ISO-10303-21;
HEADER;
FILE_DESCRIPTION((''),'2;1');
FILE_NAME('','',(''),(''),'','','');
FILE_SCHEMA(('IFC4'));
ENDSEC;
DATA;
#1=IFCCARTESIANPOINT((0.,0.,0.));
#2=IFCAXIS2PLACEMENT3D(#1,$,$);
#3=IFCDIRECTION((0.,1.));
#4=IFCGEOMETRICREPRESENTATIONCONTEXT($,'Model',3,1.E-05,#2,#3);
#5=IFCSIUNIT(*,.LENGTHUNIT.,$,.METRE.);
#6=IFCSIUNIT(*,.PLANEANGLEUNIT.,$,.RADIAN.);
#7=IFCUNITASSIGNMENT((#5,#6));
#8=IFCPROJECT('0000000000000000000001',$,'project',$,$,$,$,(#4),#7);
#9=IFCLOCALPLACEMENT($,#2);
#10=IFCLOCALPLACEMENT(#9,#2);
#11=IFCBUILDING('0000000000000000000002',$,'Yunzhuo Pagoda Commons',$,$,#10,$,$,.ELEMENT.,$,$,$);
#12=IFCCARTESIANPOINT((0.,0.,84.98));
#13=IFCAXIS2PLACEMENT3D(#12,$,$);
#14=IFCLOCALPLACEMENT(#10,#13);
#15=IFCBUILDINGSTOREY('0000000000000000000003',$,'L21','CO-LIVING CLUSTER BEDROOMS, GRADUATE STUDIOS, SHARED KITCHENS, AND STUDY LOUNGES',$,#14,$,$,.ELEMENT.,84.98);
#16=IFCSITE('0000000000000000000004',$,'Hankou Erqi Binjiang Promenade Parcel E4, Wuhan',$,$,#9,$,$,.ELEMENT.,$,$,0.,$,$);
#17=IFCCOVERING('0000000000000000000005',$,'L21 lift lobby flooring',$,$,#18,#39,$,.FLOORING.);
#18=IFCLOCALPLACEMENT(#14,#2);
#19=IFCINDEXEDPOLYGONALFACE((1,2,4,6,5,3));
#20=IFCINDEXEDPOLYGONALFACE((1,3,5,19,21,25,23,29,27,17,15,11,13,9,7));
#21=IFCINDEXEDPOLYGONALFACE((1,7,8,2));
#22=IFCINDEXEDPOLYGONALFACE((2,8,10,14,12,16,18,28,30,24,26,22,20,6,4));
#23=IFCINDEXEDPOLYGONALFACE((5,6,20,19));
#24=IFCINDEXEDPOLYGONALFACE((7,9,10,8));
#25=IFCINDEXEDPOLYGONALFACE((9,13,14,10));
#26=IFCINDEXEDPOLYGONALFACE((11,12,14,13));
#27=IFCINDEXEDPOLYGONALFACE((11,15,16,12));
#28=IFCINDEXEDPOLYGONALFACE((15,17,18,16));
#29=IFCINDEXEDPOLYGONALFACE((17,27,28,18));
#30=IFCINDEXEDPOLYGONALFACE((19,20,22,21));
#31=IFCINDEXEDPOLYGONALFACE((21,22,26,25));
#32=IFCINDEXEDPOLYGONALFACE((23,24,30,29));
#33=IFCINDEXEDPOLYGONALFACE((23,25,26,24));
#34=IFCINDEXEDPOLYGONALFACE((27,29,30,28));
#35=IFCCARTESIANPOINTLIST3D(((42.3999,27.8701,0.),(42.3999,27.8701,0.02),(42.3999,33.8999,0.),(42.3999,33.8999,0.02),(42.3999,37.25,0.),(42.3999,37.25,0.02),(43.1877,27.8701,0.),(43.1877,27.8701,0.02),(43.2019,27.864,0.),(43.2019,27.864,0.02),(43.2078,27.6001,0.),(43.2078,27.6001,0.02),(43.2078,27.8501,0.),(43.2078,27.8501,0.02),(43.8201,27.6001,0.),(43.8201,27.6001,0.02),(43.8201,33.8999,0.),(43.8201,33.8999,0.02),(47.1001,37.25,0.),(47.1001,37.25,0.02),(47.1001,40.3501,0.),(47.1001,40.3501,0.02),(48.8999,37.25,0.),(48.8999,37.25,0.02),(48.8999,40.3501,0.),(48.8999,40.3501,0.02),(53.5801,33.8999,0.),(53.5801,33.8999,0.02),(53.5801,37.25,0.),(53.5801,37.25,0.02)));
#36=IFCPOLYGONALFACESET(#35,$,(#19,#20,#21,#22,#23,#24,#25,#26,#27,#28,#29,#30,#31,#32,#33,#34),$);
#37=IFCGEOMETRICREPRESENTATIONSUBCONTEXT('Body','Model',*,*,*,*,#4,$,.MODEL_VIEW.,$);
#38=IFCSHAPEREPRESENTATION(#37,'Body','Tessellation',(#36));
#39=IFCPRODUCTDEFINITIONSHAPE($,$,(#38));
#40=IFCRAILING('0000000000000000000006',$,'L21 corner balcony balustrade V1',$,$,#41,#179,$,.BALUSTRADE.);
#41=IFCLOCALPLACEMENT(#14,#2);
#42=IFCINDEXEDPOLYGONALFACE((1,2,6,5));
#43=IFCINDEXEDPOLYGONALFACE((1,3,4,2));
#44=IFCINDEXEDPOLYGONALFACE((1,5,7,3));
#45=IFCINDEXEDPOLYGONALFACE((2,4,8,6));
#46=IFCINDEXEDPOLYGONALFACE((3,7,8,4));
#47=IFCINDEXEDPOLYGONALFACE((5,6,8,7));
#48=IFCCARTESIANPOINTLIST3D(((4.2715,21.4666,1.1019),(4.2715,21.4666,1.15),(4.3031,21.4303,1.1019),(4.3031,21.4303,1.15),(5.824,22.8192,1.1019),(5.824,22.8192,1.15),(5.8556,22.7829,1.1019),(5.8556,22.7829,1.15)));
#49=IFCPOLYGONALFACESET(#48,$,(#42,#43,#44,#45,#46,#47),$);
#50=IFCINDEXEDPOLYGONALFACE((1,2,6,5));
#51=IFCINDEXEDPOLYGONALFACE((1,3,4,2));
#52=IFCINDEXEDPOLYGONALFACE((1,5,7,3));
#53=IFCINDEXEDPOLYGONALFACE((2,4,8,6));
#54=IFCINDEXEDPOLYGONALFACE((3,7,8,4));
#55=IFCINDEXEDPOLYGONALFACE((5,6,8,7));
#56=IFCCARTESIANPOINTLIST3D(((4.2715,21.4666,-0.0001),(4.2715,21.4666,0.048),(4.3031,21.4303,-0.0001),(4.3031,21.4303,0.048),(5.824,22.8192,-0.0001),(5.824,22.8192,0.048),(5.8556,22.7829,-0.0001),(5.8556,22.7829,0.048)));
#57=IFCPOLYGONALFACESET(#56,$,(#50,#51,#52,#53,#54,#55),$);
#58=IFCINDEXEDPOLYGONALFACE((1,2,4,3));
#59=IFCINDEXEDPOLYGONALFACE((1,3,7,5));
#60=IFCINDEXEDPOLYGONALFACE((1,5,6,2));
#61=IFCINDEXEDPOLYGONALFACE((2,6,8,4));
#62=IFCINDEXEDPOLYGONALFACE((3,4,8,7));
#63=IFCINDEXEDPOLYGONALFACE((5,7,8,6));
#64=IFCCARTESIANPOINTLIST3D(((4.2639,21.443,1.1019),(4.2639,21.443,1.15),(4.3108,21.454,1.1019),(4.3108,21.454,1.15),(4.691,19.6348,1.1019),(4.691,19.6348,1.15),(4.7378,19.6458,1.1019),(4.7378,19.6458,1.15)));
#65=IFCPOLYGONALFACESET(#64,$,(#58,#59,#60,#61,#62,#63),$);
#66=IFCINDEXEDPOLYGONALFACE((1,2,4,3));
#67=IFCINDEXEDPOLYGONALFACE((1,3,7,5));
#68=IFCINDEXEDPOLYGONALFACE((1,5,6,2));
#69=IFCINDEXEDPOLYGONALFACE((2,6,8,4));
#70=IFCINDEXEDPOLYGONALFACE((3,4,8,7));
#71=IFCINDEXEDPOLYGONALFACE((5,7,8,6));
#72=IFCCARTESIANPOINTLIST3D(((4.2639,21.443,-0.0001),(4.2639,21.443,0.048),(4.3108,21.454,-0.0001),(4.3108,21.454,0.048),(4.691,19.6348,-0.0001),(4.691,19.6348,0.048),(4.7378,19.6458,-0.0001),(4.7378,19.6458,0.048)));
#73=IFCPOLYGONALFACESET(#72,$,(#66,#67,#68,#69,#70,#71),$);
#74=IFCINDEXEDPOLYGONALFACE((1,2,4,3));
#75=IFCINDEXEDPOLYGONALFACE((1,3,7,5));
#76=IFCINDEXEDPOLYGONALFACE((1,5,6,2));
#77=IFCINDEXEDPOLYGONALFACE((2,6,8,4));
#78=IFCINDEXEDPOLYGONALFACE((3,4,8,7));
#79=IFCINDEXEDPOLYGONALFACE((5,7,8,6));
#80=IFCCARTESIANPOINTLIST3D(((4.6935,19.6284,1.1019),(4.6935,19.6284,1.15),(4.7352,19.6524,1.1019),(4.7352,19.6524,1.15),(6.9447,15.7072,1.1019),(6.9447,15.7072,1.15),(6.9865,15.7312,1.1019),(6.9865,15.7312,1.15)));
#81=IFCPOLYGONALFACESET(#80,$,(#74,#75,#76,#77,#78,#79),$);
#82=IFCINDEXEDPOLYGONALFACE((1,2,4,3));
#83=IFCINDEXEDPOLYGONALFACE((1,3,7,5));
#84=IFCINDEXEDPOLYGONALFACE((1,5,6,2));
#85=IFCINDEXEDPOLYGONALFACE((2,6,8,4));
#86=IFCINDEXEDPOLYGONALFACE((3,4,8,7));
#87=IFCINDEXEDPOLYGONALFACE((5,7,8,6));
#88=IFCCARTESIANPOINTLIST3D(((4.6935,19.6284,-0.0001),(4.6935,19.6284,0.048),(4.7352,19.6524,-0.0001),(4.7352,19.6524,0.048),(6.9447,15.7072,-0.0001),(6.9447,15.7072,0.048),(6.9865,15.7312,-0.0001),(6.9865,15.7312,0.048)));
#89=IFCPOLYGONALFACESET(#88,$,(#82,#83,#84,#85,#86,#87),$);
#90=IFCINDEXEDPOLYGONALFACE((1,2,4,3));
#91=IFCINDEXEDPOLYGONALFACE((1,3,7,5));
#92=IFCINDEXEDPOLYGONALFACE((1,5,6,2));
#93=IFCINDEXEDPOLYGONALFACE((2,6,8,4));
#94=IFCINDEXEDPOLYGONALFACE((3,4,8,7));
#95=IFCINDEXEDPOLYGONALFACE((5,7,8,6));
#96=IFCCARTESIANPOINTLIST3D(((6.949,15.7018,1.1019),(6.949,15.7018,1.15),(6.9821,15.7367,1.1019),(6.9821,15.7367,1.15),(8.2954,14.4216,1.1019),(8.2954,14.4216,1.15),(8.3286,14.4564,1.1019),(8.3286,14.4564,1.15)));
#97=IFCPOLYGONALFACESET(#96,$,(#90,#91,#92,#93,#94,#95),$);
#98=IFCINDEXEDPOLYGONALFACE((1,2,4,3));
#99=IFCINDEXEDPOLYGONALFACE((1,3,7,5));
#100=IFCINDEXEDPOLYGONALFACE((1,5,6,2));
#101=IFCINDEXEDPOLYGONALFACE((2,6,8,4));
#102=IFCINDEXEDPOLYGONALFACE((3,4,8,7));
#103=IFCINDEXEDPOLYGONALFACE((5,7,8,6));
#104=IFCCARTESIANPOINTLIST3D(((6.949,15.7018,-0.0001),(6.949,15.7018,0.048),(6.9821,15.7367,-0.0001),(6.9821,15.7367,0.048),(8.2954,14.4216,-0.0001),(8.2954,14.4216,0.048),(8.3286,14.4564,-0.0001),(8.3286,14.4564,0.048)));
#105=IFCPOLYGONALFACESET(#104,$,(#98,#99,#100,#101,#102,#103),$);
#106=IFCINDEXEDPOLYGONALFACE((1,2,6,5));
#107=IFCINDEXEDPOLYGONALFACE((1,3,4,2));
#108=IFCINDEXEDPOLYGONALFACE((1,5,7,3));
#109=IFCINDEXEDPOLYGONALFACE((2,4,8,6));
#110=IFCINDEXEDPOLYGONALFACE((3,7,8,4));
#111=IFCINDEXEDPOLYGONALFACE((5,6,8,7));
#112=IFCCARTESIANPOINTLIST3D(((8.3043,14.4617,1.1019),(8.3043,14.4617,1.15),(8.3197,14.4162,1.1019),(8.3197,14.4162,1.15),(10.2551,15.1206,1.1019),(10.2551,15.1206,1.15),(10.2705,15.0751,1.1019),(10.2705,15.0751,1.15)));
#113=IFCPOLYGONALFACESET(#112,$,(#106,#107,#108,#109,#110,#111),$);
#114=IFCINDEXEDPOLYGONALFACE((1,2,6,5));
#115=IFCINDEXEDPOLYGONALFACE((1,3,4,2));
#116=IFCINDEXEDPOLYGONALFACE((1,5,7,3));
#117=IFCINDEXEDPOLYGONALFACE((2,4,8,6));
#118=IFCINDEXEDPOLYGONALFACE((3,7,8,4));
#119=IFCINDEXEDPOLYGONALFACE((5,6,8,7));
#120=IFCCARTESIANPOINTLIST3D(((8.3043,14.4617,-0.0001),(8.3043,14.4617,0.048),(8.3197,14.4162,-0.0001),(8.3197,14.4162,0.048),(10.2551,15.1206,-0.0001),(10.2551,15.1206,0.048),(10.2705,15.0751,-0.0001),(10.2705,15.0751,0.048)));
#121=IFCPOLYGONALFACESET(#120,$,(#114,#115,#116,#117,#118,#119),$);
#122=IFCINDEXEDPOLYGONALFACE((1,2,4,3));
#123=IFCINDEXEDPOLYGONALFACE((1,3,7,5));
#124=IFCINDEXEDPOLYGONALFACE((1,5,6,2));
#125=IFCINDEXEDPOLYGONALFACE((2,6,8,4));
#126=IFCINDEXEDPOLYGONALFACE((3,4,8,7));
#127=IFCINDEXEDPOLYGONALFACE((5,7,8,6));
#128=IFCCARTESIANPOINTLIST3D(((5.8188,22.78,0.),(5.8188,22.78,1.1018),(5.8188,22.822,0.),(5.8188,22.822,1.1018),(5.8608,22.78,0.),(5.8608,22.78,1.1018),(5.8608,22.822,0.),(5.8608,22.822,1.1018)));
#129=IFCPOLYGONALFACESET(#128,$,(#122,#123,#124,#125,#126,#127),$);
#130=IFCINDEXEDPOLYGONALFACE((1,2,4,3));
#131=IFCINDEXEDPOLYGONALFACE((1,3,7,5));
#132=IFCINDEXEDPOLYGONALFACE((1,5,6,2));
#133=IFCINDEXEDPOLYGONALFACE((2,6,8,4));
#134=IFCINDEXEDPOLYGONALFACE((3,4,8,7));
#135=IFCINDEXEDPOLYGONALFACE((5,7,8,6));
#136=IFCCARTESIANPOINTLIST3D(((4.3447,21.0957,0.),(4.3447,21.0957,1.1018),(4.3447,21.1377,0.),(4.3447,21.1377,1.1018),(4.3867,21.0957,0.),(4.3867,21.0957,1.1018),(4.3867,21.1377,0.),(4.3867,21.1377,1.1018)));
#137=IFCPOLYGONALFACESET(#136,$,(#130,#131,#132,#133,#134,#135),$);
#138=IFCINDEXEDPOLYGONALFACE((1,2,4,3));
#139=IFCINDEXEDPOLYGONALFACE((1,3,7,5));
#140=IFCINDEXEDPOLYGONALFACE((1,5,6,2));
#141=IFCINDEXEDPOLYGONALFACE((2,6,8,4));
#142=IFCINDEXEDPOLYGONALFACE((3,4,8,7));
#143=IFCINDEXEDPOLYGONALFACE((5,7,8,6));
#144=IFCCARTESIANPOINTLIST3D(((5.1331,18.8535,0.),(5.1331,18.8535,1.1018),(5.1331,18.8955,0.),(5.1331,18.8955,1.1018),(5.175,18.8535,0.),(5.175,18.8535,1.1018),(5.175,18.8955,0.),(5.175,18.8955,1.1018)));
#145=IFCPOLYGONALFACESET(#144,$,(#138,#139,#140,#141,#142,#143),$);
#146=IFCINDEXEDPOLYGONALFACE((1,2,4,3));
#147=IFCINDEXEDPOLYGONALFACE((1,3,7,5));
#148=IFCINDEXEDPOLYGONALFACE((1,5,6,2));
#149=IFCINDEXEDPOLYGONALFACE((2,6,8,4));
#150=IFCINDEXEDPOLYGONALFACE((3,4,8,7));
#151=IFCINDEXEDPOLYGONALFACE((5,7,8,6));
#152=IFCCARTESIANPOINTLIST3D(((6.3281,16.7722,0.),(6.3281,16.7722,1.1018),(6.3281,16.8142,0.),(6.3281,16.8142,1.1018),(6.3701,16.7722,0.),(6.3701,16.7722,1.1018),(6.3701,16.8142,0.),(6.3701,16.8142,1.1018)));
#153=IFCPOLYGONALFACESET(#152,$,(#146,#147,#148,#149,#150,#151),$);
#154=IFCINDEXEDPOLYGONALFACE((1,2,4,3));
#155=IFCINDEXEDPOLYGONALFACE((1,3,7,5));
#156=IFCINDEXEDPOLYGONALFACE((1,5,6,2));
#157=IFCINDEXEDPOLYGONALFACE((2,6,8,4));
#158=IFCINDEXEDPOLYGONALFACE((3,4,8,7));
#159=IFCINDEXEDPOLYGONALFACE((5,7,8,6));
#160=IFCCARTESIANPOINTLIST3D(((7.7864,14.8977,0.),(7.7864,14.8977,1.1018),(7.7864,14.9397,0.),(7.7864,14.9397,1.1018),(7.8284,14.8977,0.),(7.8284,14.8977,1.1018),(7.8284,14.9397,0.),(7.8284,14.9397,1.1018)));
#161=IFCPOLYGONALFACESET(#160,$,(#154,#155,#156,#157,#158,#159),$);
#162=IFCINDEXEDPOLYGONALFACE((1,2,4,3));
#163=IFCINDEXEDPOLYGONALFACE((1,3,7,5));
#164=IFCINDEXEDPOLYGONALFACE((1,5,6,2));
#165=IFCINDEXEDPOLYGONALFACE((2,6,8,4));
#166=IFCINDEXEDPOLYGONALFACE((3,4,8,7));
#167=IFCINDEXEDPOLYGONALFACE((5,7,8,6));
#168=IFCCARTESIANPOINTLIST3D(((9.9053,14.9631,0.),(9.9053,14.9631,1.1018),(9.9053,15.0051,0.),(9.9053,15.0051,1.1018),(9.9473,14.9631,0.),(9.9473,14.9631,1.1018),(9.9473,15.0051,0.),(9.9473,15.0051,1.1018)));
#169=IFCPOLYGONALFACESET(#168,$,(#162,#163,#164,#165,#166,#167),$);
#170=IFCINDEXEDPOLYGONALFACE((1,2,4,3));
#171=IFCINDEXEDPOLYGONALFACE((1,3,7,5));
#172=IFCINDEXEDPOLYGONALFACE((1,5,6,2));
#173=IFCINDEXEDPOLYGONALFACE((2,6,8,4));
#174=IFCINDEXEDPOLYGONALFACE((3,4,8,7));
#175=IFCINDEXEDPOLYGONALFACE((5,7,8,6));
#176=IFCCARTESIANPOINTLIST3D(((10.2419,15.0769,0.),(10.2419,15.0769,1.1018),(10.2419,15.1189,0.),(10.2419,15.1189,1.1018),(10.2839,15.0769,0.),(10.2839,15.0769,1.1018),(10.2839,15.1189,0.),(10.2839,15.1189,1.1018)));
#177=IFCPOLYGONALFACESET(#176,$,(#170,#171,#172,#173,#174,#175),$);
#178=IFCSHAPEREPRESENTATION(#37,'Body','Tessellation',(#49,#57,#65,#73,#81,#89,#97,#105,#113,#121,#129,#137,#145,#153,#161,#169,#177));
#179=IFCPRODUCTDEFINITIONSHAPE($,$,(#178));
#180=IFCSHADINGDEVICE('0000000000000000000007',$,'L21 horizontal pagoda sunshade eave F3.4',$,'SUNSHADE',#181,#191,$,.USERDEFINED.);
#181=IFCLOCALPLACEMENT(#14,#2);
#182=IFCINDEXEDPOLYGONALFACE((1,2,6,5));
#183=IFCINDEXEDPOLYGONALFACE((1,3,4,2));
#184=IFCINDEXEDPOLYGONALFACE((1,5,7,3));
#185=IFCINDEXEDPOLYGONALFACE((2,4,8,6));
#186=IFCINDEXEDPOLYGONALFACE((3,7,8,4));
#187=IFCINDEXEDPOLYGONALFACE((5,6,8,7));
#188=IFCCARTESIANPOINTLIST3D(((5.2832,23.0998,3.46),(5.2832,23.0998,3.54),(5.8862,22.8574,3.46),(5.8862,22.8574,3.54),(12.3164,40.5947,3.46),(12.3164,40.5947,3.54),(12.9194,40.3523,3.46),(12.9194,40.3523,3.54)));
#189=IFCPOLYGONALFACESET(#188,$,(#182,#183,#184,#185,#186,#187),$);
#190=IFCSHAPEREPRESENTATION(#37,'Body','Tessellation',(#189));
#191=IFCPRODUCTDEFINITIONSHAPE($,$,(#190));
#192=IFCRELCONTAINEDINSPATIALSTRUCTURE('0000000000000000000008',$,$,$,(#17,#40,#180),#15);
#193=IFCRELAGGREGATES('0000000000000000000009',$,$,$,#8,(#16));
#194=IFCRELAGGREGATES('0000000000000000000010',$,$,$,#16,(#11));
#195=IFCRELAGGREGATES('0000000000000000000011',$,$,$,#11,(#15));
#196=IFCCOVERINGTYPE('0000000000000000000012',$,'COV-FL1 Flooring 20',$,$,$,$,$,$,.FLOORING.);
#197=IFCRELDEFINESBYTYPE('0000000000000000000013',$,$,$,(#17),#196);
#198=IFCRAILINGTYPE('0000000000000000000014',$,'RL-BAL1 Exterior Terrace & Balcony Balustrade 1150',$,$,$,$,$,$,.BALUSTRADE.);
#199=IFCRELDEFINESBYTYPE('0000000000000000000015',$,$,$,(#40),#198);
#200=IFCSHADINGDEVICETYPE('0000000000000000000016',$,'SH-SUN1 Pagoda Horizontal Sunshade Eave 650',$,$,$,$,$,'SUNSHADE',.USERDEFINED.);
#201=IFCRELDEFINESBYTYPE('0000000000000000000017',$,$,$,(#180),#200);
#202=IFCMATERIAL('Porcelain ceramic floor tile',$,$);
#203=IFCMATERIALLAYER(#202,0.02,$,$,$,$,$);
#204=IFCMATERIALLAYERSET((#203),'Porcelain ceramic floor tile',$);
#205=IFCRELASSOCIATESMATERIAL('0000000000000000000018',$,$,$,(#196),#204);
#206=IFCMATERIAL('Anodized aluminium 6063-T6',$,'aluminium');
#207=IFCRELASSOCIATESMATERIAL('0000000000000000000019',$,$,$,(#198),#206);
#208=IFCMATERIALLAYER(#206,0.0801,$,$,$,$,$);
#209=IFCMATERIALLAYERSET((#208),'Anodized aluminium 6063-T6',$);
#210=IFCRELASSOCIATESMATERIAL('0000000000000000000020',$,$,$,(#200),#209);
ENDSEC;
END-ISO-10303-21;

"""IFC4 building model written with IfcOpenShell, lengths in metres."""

from ifc_helpers import new_model, si_unit, direction, frame, origin, origin_2d, place, context, subcontext, project, spatial, polyline, rectangle, outline, extrude, source, transform, mapped, material, layer, layer_set, type_object, element, save


model = new_model("IFC4")

# Units and contexts
model_context = context("Model", 3, precision=1e-05, world=origin(), true_north=direction((0.0, 1.0)))
body_context = subcontext(model_context, "Body", "Model", "MODEL_VIEW")
ifc_project = project(units=[si_unit("LENGTHUNIT", "METRE"), si_unit("PLANEANGLEUNIT", "RADIAN")], contexts=[model_context])

# Site, building, storey
site_placement = place(None, origin())
site = spatial("IfcSite", under=ifc_project, at=site_placement, Name="Hankou Erqi Binjiang Promenade Parcel E4, Wuhan", CompositionType="ELEMENT", RefElevation=0.0)
building_placement = place(site_placement, origin())
building = spatial("IfcBuilding", under=site, at=building_placement, Name="Yunzhuo Pagoda Commons", CompositionType="ELEMENT")
storey_placement = place(building_placement, frame((0.0, 0.0, 84.98)))
storey = spatial("IfcBuildingStorey", under=building, at=storey_placement, Name="L21", Description="CO-LIVING CLUSTER BEDROOMS, GRADUATE STUDIOS, SHARED KITCHENS, AND STUDY LOUNGES", CompositionType="ELEMENT", Elevation=84.98)

# Shared definitions
ifc_material_1 = material(Name="Anodized aluminium 6063-T6", Category="aluminium")

# Covering
ifc_material_2 = material(Name="Porcelain ceramic floor tile")
ifc_layer_1 = layer(ifc_material_2, 0.02)
ifc_layer_set_1 = layer_set([ifc_layer_1], Name="Porcelain ceramic floor tile")
covering_type_1 = type_object("IfcCoveringType", Name="COV-FL1 Flooring 20", PredefinedType="FLOORING", material=ifc_layer_set_1)
covering_1_placement = place(storey_placement, origin())
element("IfcCovering", 1, at=covering_1_placement, inside=storey, type_object=covering_type_1, Name="L21 lift lobby flooring", PredefinedType="FLOORING", context=body_context, shape_type="SweptSolid", body=[
    extrude(outline(polyline([(43.2078, 27.8501), (43.2019, 27.864), (43.1877, 27.8701), (42.3999, 27.8701), (42.3999, 33.8999), (42.3999, 37.25), (47.1001, 37.25), (47.1001, 40.3501), (48.8999, 40.3501), (48.8999, 37.25), (53.5801, 37.25), (53.5801, 33.8999), (43.8201, 33.8999), (43.8201, 27.6001), (43.2078, 27.6001), (43.2078, 27.8501)])), origin(), (0.0, 0.0, 1.0), 0.02),
])

# Railing
railing_type = type_object("IfcRailingType", Name="RL-BAL1 Exterior Terrace & Balcony Balustrade 1150", PredefinedType="BALUSTRADE", material=ifc_material_1)
railing_placement = place(storey_placement, frame((5.8398, 22.801, 0.0)))
element("IfcRailing", 2, at=railing_placement, inside=storey, type_object=railing_type, Name="L21 corner balcony balustrade V1", PredefinedType="BALUSTRADE", context=body_context, shape_type="SweptSolid", body=[
    extrude(rectangle(XDim=0.0481, YDim=0.0481, at=origin_2d()), frame((0.0, 0.0, 1.126), z_axis=(-0.753993, -0.656883, 0.0), x_axis=(0.656883, -0.753993, 0.0)), (0.0, 0.0, 1.0), 2.0591),
    extrude(rectangle(XDim=0.0481, YDim=0.0481, at=origin_2d()), frame((0.0, 0.0, 0.0239), z_axis=(-0.753993, -0.656883, 0.0), x_axis=(0.656883, -0.753993, 0.0)), (0.0, 0.0, 1.0), 2.0591),
    extrude(rectangle(XDim=0.0481, YDim=0.0481, at=origin_2d()), frame((-1.5525, -1.3525, 1.126), z_axis=(0.229838, -0.973229, 0.0), x_axis=(0.973229, 0.229838, 0.0)), (0.0, 0.0, 1.0), 1.8579),
    extrude(rectangle(XDim=0.0481, YDim=0.0481, at=origin_2d()), frame((-1.5525, -1.3525, 0.0239), z_axis=(0.229838, -0.973229, 0.0), x_axis=(0.973229, 0.229838, 0.0)), (0.0, 0.0, 1.0), 1.8579),
    extrude(rectangle(XDim=0.0481, YDim=0.0481, at=origin_2d()), frame((-1.1255, -3.1606, 1.126), z_axis=(0.4979, -0.867235, 0.0), x_axis=(0.867235, 0.4979, 0.0)), (0.0, 0.0, 1.0), 4.5215),
    extrude(rectangle(XDim=0.0481, YDim=0.0481, at=origin_2d()), frame((-1.1255, -3.1606, 0.0239), z_axis=(0.4979, -0.867235, 0.0), x_axis=(0.867235, 0.4979, 0.0)), (0.0, 0.0, 1.0), 4.5215),
    extrude(rectangle(XDim=0.0481, YDim=0.0481, at=origin_2d()), frame((1.1257, -7.0818, 1.126), z_axis=(0.724688, -0.689077, 0.0), x_axis=(0.689077, 0.724688, 0.0)), (0.0, 0.0, 1.0), 1.8579),
    extrude(rectangle(XDim=0.0481, YDim=0.0481, at=origin_2d()), frame((1.1257, -7.0818, 0.0239), z_axis=(0.724688, -0.689077, 0.0), x_axis=(0.689077, 0.724688, 0.0)), (0.0, 0.0, 1.0), 1.8579),
    extrude(rectangle(XDim=0.0481, YDim=0.0481, at=origin_2d()), frame((2.4722, -8.3621, 1.126), z_axis=(0.947419, 0.319996, 0.0), x_axis=(-0.319996, 0.947419, 0.0)), (0.0, 0.0, 1.0), 2.0591),
    extrude(rectangle(XDim=0.0481, YDim=0.0481, at=origin_2d()), frame((2.4722, -8.3621, 0.0239), z_axis=(0.947419, 0.319996, 0.0), x_axis=(-0.319996, 0.947419, 0.0)), (0.0, 0.0, 1.0), 2.0591),
    extrude(rectangle(XDim=0.042, YDim=0.042, at=origin_2d()), origin(), (0.0, 0.0, 1.0), 1.1018),
    extrude(rectangle(XDim=0.042, YDim=0.042, at=origin_2d()), frame((-1.4741, -1.6843, 0.0)), (0.0, 0.0, 1.0), 1.1018),
    extrude(rectangle(XDim=0.042, YDim=0.042, at=origin_2d()), frame((-0.6858, -3.9265, 0.0)), (0.0, 0.0, 1.0), 1.1018),
    extrude(rectangle(XDim=0.042, YDim=0.042, at=origin_2d()), frame((0.5093, -6.0078, 0.0)), (0.0, 0.0, 1.0), 1.1018),
    extrude(rectangle(XDim=0.042, YDim=0.042, at=origin_2d()), frame((1.9675, -7.8823, 0.0)), (0.0, 0.0, 1.0), 1.1018),
    extrude(rectangle(XDim=0.042, YDim=0.042, at=origin_2d()), frame((4.0864, -7.8169, 0.0)), (0.0, 0.0, 1.0), 1.1018),
    extrude(rectangle(XDim=0.042, YDim=0.042, at=origin_2d()), frame((4.4231, -7.7031, 0.0)), (0.0, 0.0, 1.0), 1.1018),
])

# Shading device
ifc_layer_2 = layer(ifc_material_1, 0.0801)
ifc_layer_set_2 = layer_set([ifc_layer_2], Name="Anodized aluminium 6063-T6")
shading_device_type = type_object("IfcShadingDeviceType", Name="SH-SUN1 Pagoda Horizontal Sunshade Eave 650", ElementType="SUNSHADE", PredefinedType="USERDEFINED", material=ifc_layer_set_2)
shared_shape_1 = source(origin(), body_context, "Body", "SweptSolid", [
    extrude(rectangle(XDim=18.8557, YDim=0.6499, at=origin_2d()), origin(), (0.0, 0.0, 1.0), 0.0801),
])
shading_device_placement = place(storey_placement, frame((9.1013, 31.7261, 3.46), z_axis=(0.0, 0.0, 1.0), x_axis=(-0.373004, -0.92783, 0.0)))
element("IfcShadingDevice", 3, at=shading_device_placement, inside=storey, type_object=shading_device_type, Name="L21 horizontal pagoda sunshade eave F3.4", ObjectType="SUNSHADE", PredefinedType="USERDEFINED", context=body_context, shape_type="MappedRepresentation", body=[
    mapped(shared_shape_1, transform((0.0, 0.0, 0.0), scale=1.0)),
])

save(model, "model.ifc")
